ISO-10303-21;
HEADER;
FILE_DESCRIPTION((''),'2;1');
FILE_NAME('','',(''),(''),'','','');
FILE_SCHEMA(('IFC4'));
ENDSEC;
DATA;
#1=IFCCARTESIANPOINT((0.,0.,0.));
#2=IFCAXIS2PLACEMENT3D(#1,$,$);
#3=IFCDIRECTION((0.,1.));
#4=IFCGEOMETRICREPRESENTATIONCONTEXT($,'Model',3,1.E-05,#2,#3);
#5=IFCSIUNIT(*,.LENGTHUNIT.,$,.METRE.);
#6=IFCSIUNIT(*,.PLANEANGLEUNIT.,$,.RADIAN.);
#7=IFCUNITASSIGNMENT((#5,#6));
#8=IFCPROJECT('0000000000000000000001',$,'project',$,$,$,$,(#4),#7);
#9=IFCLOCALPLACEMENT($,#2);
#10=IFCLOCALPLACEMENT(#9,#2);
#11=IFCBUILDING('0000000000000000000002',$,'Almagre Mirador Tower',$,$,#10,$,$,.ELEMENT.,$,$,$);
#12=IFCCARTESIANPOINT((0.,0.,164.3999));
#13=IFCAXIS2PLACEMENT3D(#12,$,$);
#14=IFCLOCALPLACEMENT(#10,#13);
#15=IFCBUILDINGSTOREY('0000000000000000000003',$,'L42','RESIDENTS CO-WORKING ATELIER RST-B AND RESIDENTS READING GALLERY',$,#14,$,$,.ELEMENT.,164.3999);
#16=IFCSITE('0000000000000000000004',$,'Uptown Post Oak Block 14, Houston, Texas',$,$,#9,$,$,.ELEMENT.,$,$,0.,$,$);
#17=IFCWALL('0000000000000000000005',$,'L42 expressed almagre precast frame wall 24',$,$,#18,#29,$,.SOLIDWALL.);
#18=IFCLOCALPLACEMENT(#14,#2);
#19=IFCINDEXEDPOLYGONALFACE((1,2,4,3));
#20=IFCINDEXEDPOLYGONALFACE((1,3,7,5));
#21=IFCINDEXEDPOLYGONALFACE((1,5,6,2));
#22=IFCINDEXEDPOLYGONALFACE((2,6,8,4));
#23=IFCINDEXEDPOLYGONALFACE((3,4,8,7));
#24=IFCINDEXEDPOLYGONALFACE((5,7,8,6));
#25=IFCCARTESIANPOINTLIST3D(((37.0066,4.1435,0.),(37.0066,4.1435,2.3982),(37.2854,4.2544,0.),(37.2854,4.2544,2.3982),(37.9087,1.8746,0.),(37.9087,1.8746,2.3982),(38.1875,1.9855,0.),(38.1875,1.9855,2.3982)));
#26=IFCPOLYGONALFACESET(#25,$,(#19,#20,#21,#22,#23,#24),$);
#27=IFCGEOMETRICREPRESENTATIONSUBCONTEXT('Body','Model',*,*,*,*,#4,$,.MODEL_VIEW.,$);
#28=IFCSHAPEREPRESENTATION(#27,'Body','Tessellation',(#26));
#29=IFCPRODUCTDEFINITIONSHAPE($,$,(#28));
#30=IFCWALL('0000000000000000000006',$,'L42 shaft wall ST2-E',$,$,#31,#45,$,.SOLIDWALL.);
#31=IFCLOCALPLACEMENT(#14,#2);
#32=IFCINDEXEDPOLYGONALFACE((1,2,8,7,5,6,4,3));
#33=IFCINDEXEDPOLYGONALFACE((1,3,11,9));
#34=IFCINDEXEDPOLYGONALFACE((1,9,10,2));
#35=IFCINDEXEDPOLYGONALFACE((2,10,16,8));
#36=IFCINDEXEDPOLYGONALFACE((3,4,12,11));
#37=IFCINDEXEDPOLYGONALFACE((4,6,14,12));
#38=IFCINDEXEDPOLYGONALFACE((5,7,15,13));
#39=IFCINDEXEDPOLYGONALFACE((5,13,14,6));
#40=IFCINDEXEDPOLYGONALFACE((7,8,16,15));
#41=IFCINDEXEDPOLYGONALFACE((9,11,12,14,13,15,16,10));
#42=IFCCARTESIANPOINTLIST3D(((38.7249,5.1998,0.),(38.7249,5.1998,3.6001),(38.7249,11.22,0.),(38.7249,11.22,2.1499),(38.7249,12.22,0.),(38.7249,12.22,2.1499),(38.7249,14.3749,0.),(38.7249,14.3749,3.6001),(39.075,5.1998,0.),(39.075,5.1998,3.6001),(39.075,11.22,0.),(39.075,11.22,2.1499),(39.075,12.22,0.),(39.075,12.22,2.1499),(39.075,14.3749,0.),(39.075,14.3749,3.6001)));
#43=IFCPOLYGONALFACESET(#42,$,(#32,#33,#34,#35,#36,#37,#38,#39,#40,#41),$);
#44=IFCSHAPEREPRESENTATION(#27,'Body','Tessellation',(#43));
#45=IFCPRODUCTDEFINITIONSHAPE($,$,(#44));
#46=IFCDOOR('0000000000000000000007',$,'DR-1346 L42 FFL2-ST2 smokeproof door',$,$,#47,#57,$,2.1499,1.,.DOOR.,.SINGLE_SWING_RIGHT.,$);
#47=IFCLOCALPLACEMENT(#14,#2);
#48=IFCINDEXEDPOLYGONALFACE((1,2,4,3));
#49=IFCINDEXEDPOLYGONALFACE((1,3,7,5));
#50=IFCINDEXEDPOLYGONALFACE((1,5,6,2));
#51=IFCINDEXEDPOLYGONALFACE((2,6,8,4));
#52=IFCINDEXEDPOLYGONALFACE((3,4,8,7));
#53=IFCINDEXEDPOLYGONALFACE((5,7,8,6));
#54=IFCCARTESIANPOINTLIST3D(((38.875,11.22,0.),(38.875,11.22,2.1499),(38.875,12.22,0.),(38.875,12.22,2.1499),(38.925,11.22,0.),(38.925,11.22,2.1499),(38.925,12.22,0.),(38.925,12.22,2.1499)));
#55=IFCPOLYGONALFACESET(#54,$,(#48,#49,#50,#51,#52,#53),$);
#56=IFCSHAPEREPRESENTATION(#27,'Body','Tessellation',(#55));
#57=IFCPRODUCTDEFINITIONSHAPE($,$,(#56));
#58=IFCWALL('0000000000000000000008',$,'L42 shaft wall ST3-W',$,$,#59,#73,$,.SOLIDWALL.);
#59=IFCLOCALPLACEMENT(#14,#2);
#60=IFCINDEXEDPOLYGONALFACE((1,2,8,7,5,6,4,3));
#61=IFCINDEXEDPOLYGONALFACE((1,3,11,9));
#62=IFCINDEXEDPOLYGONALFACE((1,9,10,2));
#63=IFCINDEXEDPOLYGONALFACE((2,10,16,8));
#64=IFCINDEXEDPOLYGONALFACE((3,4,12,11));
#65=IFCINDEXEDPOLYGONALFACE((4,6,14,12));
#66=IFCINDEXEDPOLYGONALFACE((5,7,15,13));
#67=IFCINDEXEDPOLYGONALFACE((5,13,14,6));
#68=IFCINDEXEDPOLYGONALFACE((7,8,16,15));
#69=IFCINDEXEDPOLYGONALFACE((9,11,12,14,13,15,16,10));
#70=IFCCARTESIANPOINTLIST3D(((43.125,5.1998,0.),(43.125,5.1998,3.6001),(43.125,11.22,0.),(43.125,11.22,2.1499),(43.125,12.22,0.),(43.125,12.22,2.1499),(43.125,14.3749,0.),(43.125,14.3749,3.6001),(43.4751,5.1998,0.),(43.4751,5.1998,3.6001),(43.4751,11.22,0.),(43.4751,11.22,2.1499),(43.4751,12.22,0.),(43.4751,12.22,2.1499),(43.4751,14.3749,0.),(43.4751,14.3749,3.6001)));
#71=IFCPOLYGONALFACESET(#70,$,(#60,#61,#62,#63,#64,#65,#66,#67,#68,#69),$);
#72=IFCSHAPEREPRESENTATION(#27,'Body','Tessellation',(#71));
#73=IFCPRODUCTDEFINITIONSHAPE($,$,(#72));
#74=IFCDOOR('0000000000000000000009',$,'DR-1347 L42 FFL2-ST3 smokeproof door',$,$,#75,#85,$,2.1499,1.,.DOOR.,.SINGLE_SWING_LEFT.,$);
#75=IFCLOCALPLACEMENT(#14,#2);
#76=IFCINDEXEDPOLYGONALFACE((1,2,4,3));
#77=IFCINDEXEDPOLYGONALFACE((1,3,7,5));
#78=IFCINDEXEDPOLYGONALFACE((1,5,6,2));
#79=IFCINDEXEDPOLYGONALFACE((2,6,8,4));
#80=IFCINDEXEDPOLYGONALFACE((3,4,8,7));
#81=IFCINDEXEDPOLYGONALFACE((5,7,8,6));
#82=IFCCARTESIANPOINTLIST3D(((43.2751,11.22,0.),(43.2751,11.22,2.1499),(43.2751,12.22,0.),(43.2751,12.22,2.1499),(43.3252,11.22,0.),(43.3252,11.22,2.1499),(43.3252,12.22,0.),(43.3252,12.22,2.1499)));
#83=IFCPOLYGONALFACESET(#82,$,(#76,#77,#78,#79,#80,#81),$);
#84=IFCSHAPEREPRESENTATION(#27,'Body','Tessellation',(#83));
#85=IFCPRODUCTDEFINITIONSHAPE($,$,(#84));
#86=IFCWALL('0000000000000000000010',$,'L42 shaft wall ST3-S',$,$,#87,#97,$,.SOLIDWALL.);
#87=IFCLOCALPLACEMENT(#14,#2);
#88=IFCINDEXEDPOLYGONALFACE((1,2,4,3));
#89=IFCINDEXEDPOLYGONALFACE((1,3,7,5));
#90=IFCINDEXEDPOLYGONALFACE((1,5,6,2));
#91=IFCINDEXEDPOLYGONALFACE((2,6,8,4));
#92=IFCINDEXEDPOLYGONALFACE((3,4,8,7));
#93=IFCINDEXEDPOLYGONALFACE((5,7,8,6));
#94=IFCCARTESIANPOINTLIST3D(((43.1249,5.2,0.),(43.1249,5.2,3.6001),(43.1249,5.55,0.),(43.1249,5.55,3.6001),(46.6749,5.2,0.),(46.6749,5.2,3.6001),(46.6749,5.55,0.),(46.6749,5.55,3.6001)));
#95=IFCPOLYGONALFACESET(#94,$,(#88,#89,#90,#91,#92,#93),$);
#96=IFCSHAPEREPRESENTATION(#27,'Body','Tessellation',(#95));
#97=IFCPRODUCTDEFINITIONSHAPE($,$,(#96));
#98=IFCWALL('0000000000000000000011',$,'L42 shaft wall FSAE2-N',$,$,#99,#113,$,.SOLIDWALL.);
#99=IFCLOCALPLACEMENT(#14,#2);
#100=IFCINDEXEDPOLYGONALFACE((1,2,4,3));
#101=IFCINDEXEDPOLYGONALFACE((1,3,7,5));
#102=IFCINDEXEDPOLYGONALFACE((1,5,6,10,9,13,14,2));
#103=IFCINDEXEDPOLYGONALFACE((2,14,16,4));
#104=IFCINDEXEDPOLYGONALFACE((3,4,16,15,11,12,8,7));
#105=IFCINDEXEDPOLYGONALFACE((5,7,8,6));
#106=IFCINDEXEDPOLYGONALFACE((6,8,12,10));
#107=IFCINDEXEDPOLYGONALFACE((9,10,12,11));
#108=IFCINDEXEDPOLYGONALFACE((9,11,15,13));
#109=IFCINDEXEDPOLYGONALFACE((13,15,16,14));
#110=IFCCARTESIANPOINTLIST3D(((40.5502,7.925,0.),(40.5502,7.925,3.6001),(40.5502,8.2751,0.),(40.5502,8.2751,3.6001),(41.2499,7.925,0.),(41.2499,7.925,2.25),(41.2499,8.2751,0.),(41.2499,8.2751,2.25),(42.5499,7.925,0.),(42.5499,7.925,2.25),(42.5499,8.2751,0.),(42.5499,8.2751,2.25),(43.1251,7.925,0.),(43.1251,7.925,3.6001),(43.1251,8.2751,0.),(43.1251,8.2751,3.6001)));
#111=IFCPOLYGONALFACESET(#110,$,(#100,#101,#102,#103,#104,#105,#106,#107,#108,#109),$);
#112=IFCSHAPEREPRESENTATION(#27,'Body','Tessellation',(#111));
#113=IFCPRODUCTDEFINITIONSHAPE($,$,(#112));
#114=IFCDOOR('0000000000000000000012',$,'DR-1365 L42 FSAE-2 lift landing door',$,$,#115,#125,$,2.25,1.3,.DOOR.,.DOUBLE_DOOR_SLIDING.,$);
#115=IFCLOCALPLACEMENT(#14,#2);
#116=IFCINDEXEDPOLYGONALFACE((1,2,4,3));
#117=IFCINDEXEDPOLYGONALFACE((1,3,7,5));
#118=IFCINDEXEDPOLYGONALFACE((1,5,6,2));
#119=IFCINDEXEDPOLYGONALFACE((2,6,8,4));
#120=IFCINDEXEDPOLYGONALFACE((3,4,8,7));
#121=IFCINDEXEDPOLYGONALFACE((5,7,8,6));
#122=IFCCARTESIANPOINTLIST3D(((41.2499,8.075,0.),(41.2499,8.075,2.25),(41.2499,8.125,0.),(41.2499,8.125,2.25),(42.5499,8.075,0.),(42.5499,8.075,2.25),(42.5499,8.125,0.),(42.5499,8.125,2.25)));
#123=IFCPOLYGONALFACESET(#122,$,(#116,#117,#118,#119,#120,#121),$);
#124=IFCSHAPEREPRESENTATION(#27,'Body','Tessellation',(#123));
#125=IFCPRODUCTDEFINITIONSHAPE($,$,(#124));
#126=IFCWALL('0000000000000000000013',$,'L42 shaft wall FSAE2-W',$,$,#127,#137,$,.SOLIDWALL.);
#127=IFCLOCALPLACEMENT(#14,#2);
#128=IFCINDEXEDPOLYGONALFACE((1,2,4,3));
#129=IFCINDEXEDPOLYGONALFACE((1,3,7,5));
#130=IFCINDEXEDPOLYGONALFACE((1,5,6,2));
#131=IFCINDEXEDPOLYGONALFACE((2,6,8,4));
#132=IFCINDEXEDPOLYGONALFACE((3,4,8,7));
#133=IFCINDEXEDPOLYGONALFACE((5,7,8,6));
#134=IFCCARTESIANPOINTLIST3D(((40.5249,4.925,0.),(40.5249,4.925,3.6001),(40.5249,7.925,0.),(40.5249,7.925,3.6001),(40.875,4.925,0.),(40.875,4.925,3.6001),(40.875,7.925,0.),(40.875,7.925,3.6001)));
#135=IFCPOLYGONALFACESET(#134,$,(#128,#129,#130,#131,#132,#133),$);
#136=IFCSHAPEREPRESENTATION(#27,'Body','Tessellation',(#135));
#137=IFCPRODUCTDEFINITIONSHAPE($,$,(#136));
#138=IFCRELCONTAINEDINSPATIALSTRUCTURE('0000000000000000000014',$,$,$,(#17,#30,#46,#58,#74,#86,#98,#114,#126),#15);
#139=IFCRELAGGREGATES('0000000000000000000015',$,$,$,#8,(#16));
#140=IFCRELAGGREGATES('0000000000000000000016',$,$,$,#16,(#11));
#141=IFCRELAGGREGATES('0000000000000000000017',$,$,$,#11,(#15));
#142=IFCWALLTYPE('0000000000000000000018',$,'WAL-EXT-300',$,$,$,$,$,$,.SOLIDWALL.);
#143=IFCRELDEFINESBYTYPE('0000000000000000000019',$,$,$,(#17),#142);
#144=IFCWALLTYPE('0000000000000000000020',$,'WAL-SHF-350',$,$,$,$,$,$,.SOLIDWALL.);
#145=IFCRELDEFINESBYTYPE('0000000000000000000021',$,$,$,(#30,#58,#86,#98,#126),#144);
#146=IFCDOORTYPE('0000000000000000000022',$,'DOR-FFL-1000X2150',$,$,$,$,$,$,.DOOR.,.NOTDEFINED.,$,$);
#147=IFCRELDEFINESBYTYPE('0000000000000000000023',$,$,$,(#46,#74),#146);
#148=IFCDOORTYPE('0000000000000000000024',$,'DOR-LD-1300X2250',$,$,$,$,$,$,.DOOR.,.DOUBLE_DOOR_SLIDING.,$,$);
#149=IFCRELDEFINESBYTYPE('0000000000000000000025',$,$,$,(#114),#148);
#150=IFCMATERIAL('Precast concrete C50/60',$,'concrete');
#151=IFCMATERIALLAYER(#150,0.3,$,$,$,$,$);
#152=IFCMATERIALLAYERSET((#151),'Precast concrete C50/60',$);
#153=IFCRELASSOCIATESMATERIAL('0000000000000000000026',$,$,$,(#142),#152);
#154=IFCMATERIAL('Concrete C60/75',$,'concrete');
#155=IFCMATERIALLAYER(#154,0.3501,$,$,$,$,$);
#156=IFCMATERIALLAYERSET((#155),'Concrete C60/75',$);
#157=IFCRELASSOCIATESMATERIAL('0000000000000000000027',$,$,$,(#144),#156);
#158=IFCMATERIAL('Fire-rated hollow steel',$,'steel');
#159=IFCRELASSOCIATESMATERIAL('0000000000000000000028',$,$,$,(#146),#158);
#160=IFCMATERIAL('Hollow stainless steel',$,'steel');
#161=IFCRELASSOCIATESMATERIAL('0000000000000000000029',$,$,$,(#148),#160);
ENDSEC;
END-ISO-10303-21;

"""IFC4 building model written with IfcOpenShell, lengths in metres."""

from ifc_helpers import new_model, si_unit, direction, frame, frame_2d, origin, place, context, subcontext, project, spatial, rectangle, extrude, material, layer, layer_set, type_object, element, fill, save


model = new_model("IFC4")

# Units and contexts
model_context = context("Model", 3, precision=1e-05, world=origin(), true_north=direction((0.0, 1.0)))
body_context = subcontext(model_context, "Body", "Model", "MODEL_VIEW")
ifc_project = project(units=[si_unit("LENGTHUNIT", "METRE"), si_unit("PLANEANGLEUNIT", "RADIAN")], contexts=[model_context])

# Site, building, storey
site_placement = place(None, origin())
site = spatial("IfcSite", under=ifc_project, at=site_placement, Name="Uptown Post Oak Block 14, Houston, Texas", CompositionType="ELEMENT", RefElevation=0.0)
building_placement = place(site_placement, origin())
building = spatial("IfcBuilding", under=site, at=building_placement, Name="Almagre Mirador Tower", CompositionType="ELEMENT")
storey_placement = place(building_placement, frame((0.0, 0.0, 164.3999)))
storey = spatial("IfcBuildingStorey", under=building, at=storey_placement, Name="L42", Description="RESIDENTS CO-WORKING ATELIER RST-B AND RESIDENTS READING GALLERY", CompositionType="ELEMENT", Elevation=164.3999)

# Shared definitions
ifc_material_1 = material(Name="Precast concrete C50/60", Category="concrete")
ifc_layer_1 = layer(ifc_material_1, 0.3)
ifc_layer_set_1 = layer_set([ifc_layer_1], Name="Precast concrete C50/60")
wall_type_1 = type_object("IfcWallType", Name="WAL-EXT-300", PredefinedType="SOLIDWALL", material=ifc_layer_set_1)

# Wall
wall_1_placement = place(storey_placement, frame((38.0481, 1.9302, 0.0), z_axis=(0.0, 0.0, 1.0), x_axis=(-0.369476, 0.92924, 0.0)))
element("IfcWall", 1, at=wall_1_placement, inside=storey, type_object=wall_type_1, Name="L42 expressed almagre precast frame wall 24", PredefinedType="SOLIDWALL", context=body_context, shape_type="SweptSolid", body=[
    extrude(rectangle(XDim=2.4417, YDim=0.3, at=frame_2d((1.2207, 0.0))), origin(), (0.0, 0.0, 1.0), 2.3982),
])

# Walls, openings, doors
ifc_material_2 = material(Name="Concrete C60/75", Category="concrete")
ifc_layer_2 = layer(ifc_material_2, 0.3501)
ifc_layer_set_2 = layer_set([ifc_layer_2], Name="Concrete C60/75")
wall_type_2 = type_object("IfcWallType", Name="WAL-SHF-350", PredefinedType="SOLIDWALL", material=ifc_layer_set_2)
wall_2_placement = place(storey_placement, frame((38.8999, 5.2, 0.0), z_axis=(0.0, 0.0, 1.0), x_axis=(0.0, 1.0, 0.0)))
wall_2 = element("IfcWall", 2, at=wall_2_placement, inside=storey, type_object=wall_type_2, Name="L42 shaft wall ST2-E", PredefinedType="SOLIDWALL", context=body_context, shape_type="SweptSolid", body=[
    extrude(rectangle(XDim=9.175, YDim=0.3501, at=frame_2d((4.5874, 0.0))), origin(), (0.0, 0.0, 1.0), 3.6001),
])
opening_1_placement = place(wall_2_placement, frame((6.02, 0.0, 0.0)))
opening_1 = element("IfcOpeningElement", 3, at=opening_1_placement, cuts=wall_2, PredefinedType="OPENING", context=body_context, shape_type="SweptSolid", body=[
    extrude(rectangle(XDim=1.0, YDim=2.1499, at=frame_2d((0.5, 1.075))), frame((0.0, 0.185, 0.0), z_axis=(0.0, -1.0, 0.0), x_axis=(1.0, 0.0, 0.0)), (0.0, 0.0, 1.0), 0.3701),
])
ifc_material_3 = material(Name="Fire-rated hollow steel", Category="steel")
door_type_1 = type_object("IfcDoorType", Name="DOR-FFL-1000X2150", OperationType="NOTDEFINED", PredefinedType="DOOR", material=ifc_material_3)
door_1_placement = place(opening_1_placement, origin())
door_1 = element("IfcDoor", 4, at=door_1_placement, inside=storey, type_object=door_type_1, Name="DR-1346 L42 FFL2-ST2 smokeproof door", OperationType="SINGLE_SWING_RIGHT", OverallHeight=2.1499, OverallWidth=1.0, PredefinedType="DOOR", context=body_context, shape_type="SweptSolid", body=[
    extrude(rectangle(XDim=1.0, YDim=2.1499, at=frame_2d((0.5, 1.075))), frame((0.0, 0.0249, 0.0), z_axis=(0.0, -1.0, 0.0), x_axis=(1.0, 0.0, 0.0)), (0.0, 0.0, 1.0), 0.05),
])
fill(opening_1, door_1)
wall_3_placement = place(storey_placement, frame((43.3, 5.2, 0.0), z_axis=(0.0, 0.0, 1.0), x_axis=(0.0, 1.0, 0.0)))
wall_3 = element("IfcWall", 5, at=wall_3_placement, inside=storey, type_object=wall_type_2, Name="L42 shaft wall ST3-W", PredefinedType="SOLIDWALL", context=body_context, shape_type="SweptSolid", body=[
    extrude(rectangle(XDim=9.175, YDim=0.3501, at=frame_2d((4.5874, 0.0))), origin(), (0.0, 0.0, 1.0), 3.6001),
])
opening_2_placement = place(wall_3_placement, frame((6.02, 0.0, 0.0)))
opening_2 = element("IfcOpeningElement", 6, at=opening_2_placement, cuts=wall_3, PredefinedType="OPENING", context=body_context, shape_type="SweptSolid", body=[
    extrude(rectangle(XDim=1.0, YDim=2.1499, at=frame_2d((0.5, 1.075))), frame((0.0, 0.185, 0.0), z_axis=(0.0, -1.0, 0.0), x_axis=(1.0, 0.0, 0.0)), (0.0, 0.0, 1.0), 0.3701),
])
door_2_placement = place(opening_2_placement, origin())
door_2 = element("IfcDoor", 7, at=door_2_placement, inside=storey, type_object=door_type_1, Name="DR-1347 L42 FFL2-ST3 smokeproof door", OperationType="SINGLE_SWING_LEFT", OverallHeight=2.1499, OverallWidth=1.0, PredefinedType="DOOR", context=body_context, shape_type="SweptSolid", body=[
    extrude(rectangle(XDim=1.0, YDim=2.1499, at=frame_2d((0.5, 1.075))), frame((0.0, 0.0249, 0.0), z_axis=(0.0, -1.0, 0.0), x_axis=(1.0, 0.0, 0.0)), (0.0, 0.0, 1.0), 0.05),
])
fill(opening_2, door_2)

# Wall
wall_4_placement = place(storey_placement, frame((43.125, 5.375, 0.0), z_axis=(0.0, 0.0, 1.0), x_axis=(1.0, 0.0, 0.0)))
element("IfcWall", 8, at=wall_4_placement, inside=storey, type_object=wall_type_2, Name="L42 shaft wall ST3-S", PredefinedType="SOLIDWALL", context=body_context, shape_type="SweptSolid", body=[
    extrude(rectangle(XDim=3.55, YDim=0.3501, at=frame_2d((1.7749, 0.0))), origin(), (0.0, 0.0, 1.0), 3.6001),
])

# Wall, opening, door
wall_5_placement = place(storey_placement, frame((40.55, 8.1001, 0.0), z_axis=(0.0, 0.0, 1.0), x_axis=(1.0, 0.0, 0.0)))
wall_5 = element("IfcWall", 9, at=wall_5_placement, inside=storey, type_object=wall_type_2, Name="L42 shaft wall FSAE2-N", PredefinedType="SOLIDWALL", context=body_context, shape_type="SweptSolid", body=[
    extrude(rectangle(XDim=2.575, YDim=0.3501, at=frame_2d((1.2876, 0.0))), origin(), (0.0, 0.0, 1.0), 3.6001),
])
opening_3_placement = place(wall_5_placement, frame((0.7, 0.0, 0.0)))
opening_3 = element("IfcOpeningElement", 10, at=opening_3_placement, cuts=wall_5, PredefinedType="OPENING", context=body_context, shape_type="SweptSolid", body=[
    extrude(rectangle(XDim=1.3, YDim=2.25, at=frame_2d((0.6499, 1.125))), frame((0.0, 0.185, 0.0), z_axis=(0.0, -1.0, 0.0), x_axis=(1.0, 0.0, 0.0)), (0.0, 0.0, 1.0), 0.3701),
])
ifc_material_4 = material(Name="Hollow stainless steel", Category="steel")
door_type_2 = type_object("IfcDoorType", Name="DOR-LD-1300X2250", OperationType="DOUBLE_DOOR_SLIDING", PredefinedType="DOOR", material=ifc_material_4)
door_3_placement = place(opening_3_placement, origin())
door_3 = element("IfcDoor", 11, at=door_3_placement, inside=storey, type_object=door_type_2, Name="DR-1365 L42 FSAE-2 lift landing door", OperationType="DOUBLE_DOOR_SLIDING", OverallHeight=2.25, OverallWidth=1.3, PredefinedType="DOOR", context=body_context, shape_type="SweptSolid", body=[
    extrude(rectangle(XDim=1.3, YDim=2.25, at=frame_2d((0.6499, 1.125))), frame((0.0, 0.0249, 0.0), z_axis=(0.0, -1.0, 0.0), x_axis=(1.0, 0.0, 0.0)), (0.0, 0.0, 1.0), 0.05),
])
fill(opening_3, door_3)

# Wall
wall_6_placement = place(storey_placement, frame((40.7, 4.925, 0.0), z_axis=(0.0, 0.0, 1.0), x_axis=(0.0, 1.0, 0.0)))
element("IfcWall", 12, at=wall_6_placement, inside=storey, type_object=wall_type_2, Name="L42 shaft wall FSAE2-W", PredefinedType="SOLIDWALL", context=body_context, shape_type="SweptSolid", body=[
    extrude(rectangle(XDim=3.0, YDim=0.3501, at=frame_2d((1.5, 0.0))), origin(), (0.0, 0.0, 1.0), 3.6001),
])

save(model, "model.ifc")
